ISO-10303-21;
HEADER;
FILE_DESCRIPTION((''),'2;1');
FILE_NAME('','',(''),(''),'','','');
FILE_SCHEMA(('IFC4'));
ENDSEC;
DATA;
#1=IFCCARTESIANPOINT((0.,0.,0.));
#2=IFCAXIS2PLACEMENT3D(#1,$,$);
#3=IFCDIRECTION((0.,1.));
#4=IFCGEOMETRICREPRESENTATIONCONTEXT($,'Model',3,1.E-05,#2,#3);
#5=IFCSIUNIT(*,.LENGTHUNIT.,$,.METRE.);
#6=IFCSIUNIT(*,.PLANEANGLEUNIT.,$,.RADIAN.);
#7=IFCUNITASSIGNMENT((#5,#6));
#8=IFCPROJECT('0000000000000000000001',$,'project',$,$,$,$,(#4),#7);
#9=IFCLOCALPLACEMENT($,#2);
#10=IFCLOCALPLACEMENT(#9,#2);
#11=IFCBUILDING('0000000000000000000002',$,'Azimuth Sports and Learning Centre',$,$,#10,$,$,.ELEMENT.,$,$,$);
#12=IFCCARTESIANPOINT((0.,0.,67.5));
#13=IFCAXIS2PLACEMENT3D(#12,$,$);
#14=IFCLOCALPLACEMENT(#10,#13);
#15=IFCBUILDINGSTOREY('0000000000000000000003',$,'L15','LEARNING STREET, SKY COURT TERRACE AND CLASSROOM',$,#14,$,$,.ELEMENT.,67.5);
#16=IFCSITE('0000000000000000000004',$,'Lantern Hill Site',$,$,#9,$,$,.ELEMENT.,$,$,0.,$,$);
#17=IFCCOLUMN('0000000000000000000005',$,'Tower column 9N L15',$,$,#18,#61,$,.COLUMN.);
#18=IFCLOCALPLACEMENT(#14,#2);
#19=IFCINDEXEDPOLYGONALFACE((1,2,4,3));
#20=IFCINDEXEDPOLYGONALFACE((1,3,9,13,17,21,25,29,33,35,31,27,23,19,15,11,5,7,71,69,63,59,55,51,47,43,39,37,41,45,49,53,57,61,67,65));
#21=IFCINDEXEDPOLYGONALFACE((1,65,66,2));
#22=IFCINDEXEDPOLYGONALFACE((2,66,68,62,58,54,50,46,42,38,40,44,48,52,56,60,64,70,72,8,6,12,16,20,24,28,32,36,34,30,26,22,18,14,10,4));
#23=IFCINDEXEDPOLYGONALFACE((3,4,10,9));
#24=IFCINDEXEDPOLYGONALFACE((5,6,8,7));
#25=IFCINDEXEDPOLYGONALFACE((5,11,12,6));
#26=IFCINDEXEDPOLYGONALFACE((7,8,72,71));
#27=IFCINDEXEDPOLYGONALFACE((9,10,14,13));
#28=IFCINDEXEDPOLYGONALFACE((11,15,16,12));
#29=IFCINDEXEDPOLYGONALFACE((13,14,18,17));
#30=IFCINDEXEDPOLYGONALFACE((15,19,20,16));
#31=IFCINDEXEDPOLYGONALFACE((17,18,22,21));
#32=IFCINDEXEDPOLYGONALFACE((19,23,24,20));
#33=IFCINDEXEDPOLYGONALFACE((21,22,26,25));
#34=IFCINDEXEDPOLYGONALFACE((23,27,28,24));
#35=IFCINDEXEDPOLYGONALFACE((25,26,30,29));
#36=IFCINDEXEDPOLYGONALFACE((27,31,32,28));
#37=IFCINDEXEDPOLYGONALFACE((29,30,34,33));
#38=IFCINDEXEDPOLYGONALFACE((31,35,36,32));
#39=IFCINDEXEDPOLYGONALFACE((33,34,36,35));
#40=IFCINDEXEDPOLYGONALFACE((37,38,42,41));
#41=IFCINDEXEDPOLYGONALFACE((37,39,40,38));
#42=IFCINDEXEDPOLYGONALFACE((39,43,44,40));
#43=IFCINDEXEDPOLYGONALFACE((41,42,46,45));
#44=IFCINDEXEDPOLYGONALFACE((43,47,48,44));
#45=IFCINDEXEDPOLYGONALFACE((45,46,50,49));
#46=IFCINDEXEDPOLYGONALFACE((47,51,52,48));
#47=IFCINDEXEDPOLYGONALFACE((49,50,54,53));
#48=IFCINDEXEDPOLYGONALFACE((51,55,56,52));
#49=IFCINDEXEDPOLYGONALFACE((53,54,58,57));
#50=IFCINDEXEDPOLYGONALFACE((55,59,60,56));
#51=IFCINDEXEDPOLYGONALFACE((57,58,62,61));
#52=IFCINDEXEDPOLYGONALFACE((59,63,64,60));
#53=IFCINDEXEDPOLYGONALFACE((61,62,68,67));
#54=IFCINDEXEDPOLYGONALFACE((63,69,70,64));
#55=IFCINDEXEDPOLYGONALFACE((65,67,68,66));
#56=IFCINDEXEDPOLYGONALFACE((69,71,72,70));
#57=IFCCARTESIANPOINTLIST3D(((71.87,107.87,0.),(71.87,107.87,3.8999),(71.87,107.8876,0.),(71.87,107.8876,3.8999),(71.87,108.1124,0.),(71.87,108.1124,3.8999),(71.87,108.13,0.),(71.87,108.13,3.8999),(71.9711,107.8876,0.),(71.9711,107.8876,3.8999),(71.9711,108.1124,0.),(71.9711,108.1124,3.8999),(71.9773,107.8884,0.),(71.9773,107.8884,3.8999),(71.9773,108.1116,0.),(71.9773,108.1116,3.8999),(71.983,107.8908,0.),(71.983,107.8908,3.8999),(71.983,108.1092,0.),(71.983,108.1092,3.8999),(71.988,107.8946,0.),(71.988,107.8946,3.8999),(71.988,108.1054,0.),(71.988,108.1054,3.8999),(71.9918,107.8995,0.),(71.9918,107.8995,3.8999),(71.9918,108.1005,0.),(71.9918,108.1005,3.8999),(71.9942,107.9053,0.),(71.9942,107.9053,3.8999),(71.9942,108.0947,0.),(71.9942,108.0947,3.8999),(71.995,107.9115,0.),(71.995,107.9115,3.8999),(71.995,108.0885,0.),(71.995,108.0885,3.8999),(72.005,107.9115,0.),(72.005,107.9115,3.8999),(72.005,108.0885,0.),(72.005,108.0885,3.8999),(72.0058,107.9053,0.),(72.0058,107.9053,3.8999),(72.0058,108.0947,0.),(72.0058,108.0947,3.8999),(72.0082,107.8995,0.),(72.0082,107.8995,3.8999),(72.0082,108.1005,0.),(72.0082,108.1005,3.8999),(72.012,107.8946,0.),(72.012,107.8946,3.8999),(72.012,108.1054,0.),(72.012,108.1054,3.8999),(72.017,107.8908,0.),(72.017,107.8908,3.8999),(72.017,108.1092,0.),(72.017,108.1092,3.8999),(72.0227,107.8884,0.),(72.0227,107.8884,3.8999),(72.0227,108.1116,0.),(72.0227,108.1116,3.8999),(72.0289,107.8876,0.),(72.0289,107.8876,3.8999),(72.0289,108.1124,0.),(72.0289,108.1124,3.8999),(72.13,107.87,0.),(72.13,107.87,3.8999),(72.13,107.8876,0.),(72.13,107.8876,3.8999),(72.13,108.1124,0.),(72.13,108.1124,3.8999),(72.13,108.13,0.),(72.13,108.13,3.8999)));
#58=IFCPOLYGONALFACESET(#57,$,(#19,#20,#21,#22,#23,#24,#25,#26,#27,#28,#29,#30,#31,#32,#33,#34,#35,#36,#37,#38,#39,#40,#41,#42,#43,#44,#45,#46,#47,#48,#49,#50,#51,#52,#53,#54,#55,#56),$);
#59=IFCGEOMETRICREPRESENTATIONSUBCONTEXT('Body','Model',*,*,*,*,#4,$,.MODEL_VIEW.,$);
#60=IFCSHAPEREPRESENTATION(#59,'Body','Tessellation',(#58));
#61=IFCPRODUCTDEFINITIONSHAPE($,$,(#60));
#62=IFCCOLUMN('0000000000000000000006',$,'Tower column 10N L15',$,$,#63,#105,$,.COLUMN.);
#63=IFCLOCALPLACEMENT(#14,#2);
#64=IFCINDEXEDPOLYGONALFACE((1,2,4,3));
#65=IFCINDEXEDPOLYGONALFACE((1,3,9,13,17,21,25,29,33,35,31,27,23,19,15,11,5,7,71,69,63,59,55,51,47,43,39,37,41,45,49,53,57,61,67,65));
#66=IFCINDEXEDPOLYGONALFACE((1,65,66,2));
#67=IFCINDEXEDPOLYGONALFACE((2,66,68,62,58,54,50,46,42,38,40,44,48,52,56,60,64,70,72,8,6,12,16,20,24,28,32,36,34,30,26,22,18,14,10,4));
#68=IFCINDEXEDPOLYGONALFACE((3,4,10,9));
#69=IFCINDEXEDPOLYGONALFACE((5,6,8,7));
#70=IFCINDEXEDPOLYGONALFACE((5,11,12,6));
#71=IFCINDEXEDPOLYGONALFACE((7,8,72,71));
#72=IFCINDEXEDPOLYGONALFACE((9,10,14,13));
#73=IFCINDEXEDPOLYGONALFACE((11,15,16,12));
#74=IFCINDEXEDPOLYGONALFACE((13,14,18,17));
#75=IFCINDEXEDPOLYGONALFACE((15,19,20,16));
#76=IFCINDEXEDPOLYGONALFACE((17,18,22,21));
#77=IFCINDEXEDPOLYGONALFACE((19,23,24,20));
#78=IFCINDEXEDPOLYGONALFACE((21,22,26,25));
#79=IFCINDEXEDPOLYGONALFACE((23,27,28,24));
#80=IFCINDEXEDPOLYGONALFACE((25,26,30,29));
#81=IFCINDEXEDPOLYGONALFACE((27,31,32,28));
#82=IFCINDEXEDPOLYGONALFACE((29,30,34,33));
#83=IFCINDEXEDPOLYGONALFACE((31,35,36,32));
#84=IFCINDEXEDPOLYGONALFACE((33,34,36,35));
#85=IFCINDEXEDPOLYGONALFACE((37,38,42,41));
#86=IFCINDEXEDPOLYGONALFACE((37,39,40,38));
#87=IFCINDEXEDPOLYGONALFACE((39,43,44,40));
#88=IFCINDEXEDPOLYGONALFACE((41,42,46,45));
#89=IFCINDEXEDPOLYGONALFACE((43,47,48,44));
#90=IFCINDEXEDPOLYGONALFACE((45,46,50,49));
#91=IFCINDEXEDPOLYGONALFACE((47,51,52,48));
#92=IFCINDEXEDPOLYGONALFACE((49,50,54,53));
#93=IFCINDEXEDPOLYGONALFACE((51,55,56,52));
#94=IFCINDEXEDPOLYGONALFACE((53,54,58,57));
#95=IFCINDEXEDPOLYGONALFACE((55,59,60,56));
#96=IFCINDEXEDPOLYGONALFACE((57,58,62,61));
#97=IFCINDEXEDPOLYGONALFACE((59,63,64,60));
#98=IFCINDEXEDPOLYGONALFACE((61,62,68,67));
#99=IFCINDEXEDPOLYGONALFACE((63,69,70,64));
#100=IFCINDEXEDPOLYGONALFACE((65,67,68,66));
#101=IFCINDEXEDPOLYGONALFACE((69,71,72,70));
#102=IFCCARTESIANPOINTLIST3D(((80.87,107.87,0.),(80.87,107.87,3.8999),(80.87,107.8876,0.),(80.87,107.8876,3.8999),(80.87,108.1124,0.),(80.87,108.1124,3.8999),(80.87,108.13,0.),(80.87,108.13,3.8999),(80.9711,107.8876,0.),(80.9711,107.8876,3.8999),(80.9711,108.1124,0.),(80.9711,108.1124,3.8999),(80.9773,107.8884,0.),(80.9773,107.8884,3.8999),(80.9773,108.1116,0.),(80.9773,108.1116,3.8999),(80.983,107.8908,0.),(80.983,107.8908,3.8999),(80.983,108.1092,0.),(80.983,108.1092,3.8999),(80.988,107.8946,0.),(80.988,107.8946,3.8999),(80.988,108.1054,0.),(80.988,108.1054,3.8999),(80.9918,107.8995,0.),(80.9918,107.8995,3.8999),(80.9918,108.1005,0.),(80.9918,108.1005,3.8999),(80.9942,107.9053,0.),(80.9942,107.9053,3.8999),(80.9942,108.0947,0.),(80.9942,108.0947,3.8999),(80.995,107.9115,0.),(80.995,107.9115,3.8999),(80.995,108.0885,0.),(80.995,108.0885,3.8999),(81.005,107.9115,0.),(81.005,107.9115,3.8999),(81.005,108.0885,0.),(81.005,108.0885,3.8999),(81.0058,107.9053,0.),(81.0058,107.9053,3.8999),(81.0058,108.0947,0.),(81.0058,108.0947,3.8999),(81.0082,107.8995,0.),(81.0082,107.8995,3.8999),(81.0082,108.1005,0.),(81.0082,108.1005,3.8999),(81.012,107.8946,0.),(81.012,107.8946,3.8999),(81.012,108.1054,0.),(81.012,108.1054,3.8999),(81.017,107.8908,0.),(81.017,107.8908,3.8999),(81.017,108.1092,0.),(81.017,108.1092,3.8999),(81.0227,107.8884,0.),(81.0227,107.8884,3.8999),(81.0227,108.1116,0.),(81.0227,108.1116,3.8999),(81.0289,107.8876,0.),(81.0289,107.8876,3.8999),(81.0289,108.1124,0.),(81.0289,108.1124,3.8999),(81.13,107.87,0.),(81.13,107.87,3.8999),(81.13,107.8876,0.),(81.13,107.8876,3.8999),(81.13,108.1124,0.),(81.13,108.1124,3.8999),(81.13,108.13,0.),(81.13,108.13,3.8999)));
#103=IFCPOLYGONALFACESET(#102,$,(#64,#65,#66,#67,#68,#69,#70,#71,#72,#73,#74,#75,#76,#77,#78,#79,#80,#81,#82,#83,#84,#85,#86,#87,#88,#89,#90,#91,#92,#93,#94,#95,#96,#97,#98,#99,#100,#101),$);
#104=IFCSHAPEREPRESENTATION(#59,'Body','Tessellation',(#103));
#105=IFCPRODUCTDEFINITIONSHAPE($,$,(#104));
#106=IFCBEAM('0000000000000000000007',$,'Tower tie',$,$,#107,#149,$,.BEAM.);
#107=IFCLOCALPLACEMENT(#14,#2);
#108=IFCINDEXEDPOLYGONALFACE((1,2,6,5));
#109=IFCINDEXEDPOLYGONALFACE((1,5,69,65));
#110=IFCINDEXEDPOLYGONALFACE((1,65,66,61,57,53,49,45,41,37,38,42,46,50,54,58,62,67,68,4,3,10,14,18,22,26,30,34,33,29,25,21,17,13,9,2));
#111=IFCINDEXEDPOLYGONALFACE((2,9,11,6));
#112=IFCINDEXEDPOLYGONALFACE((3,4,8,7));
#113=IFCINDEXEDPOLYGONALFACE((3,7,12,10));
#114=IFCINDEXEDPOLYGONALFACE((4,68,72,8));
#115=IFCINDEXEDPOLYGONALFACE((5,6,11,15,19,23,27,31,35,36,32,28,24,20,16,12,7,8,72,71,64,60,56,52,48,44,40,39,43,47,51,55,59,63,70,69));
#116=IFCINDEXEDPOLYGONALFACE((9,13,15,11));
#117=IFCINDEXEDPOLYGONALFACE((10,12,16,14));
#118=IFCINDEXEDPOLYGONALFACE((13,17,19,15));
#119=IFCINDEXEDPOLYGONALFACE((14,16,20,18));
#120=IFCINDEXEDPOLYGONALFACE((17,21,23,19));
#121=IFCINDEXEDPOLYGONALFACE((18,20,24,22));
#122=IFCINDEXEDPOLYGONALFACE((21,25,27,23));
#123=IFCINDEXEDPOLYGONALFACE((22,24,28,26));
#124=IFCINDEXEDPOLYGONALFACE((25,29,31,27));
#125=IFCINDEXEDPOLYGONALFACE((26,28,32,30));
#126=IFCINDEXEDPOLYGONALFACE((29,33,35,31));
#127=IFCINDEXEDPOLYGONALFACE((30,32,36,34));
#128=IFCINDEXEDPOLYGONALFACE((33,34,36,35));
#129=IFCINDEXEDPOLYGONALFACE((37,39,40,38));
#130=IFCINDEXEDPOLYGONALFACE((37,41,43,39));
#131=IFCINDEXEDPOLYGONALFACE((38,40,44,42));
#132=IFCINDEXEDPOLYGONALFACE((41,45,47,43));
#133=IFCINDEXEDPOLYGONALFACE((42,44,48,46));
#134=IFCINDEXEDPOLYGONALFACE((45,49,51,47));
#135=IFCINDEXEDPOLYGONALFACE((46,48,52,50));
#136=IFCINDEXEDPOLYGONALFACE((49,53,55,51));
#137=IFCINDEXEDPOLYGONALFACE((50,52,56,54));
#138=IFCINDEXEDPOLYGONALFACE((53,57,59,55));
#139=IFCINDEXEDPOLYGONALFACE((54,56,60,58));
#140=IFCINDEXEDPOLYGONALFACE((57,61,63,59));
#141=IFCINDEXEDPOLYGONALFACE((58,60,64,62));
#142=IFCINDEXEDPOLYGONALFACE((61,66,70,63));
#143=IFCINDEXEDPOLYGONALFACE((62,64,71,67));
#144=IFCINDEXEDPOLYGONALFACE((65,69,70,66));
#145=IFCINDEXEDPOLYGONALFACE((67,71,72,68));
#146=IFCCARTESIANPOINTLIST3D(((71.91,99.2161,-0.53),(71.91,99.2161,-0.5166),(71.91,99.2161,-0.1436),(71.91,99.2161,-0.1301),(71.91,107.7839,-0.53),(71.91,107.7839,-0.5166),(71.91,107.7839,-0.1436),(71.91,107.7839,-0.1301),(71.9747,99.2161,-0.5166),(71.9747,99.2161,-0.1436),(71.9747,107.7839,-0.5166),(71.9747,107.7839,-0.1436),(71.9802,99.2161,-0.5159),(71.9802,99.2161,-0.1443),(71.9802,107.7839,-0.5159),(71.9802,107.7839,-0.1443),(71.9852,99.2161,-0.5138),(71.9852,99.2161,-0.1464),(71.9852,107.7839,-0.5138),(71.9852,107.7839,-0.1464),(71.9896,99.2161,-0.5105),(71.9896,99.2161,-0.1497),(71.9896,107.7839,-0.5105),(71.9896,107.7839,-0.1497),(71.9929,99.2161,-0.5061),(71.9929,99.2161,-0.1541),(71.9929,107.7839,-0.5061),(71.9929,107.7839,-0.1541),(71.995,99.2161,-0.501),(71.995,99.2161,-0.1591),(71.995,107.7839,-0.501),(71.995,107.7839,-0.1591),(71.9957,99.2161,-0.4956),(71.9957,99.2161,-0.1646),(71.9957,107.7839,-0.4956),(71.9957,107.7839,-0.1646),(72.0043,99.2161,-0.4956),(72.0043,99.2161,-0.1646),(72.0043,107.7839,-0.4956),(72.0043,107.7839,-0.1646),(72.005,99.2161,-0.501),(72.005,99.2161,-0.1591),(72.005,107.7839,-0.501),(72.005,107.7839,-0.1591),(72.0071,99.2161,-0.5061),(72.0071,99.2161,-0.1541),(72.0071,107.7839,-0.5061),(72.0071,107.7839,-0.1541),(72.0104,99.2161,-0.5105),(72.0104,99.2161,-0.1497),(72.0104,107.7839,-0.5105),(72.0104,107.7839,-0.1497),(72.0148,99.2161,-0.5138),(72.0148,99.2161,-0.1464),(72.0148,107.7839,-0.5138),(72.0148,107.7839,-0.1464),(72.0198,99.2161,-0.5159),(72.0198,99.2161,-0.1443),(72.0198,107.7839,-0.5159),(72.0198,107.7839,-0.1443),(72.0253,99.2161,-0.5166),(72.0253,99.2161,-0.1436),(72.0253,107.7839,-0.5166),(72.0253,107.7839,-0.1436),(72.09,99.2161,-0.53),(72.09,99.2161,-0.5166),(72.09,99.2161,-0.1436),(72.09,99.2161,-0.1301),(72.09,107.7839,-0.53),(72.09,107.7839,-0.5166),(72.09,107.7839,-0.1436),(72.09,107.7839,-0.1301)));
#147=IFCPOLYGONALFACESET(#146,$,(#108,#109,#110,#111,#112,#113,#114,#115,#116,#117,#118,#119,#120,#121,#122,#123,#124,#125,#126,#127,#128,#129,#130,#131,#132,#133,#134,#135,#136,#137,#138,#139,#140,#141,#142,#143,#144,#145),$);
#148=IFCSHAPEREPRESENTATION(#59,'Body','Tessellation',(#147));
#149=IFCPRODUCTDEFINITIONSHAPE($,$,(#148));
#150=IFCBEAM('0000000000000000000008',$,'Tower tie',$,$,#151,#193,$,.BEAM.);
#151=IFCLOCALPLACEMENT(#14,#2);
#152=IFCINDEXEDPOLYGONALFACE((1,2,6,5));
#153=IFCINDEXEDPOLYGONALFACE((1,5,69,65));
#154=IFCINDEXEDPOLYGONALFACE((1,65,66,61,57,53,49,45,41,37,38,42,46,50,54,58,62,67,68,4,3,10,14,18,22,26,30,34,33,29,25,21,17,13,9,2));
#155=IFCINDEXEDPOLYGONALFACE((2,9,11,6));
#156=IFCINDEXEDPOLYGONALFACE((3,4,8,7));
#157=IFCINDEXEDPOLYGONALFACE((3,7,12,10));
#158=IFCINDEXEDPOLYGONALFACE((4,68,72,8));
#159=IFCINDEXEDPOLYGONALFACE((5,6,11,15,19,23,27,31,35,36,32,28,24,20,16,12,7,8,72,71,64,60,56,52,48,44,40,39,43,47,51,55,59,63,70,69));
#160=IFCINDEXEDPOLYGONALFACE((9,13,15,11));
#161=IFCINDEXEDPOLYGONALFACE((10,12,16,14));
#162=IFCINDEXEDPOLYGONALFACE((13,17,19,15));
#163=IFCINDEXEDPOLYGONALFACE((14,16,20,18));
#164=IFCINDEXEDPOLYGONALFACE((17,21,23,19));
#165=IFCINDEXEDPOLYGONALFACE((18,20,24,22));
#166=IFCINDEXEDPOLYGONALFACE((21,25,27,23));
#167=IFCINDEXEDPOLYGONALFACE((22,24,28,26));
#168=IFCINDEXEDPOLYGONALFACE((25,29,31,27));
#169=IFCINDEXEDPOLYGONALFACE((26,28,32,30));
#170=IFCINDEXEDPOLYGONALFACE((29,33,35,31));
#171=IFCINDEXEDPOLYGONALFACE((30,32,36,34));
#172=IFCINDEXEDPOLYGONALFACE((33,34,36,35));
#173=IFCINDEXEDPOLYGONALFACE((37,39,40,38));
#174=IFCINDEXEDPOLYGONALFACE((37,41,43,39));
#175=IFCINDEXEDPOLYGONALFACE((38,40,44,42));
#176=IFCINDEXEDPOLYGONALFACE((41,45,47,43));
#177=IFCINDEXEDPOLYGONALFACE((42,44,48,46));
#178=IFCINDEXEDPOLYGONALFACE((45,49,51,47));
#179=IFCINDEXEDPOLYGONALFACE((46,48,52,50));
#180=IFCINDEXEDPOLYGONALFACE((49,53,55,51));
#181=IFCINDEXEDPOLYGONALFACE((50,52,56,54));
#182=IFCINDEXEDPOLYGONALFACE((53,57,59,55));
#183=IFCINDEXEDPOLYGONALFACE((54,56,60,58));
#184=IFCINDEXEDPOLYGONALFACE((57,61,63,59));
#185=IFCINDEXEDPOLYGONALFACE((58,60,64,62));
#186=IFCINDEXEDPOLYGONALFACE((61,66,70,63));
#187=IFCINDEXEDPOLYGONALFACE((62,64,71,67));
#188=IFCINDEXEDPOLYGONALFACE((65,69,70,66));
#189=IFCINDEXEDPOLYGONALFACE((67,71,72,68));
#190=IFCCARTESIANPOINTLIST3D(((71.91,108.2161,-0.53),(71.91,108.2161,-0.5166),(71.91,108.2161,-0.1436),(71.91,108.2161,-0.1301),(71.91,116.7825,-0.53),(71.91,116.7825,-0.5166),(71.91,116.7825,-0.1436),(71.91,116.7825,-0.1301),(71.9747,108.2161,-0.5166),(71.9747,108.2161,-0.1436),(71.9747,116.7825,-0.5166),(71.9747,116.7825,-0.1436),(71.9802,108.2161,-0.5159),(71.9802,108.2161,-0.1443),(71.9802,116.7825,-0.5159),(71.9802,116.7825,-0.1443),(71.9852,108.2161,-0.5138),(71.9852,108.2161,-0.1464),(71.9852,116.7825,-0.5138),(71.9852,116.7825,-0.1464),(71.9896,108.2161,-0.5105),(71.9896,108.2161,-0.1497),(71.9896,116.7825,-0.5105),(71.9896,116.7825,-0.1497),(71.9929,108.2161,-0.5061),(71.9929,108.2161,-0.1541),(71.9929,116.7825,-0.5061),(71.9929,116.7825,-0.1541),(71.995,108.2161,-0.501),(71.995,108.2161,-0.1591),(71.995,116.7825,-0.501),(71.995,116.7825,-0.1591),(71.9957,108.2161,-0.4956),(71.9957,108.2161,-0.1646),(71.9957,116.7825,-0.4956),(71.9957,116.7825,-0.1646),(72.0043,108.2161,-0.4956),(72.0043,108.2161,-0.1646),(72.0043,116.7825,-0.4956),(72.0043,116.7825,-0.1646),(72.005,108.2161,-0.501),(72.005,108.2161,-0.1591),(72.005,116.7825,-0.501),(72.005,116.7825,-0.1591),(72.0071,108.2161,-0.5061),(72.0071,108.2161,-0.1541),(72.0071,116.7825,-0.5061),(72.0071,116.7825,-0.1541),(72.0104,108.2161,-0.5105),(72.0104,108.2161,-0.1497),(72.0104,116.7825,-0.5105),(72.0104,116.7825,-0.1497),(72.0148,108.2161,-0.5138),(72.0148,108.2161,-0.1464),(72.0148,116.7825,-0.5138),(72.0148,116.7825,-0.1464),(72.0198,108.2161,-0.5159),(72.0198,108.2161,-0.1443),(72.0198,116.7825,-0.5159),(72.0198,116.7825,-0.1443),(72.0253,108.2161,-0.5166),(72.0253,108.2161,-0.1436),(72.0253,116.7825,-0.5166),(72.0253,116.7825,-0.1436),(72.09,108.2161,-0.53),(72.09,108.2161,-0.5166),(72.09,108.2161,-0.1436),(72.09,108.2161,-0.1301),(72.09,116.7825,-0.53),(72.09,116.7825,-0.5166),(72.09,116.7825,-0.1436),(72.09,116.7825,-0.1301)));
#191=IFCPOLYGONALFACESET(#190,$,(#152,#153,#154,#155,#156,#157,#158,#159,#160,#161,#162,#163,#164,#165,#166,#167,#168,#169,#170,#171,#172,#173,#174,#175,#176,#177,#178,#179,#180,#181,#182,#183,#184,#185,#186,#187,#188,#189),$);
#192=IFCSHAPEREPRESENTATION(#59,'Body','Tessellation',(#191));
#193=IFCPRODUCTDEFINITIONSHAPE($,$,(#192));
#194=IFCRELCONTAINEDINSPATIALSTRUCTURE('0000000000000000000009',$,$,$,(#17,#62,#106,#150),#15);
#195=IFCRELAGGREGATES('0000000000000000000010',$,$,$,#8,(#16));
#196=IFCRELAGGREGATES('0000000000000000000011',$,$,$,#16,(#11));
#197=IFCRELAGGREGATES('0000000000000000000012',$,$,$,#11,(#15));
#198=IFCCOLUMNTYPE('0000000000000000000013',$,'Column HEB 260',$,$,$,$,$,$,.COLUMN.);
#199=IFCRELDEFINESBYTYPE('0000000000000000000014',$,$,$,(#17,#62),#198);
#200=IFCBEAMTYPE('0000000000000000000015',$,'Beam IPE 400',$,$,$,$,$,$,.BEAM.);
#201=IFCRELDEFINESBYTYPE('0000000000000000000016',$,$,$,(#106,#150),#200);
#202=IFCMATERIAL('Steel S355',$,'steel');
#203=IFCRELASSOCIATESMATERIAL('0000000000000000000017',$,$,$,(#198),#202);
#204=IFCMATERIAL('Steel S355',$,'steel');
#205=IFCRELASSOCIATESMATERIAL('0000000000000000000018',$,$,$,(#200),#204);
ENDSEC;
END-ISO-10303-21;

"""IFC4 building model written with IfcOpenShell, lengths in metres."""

from ifc_helpers import new_model, si_unit, direction, frame, origin, origin_2d, place, context, subcontext, project, spatial, i_section, extrude, material, material_profile, profile_set, type_object, element, save


model = new_model("IFC4")

# Units and contexts
model_context = context("Model", 3, precision=1e-05, world=origin(), true_north=direction((0.0, 1.0)))
body_context = subcontext(model_context, "Body", "Model", "MODEL_VIEW")
ifc_project = project(units=[si_unit("LENGTHUNIT", "METRE"), si_unit("PLANEANGLEUNIT", "RADIAN")], contexts=[model_context])

# Site, building, storey
site_placement = place(None, origin())
site = spatial("IfcSite", under=ifc_project, at=site_placement, Name="Lantern Hill Site", CompositionType="ELEMENT", RefElevation=0.0)
building_placement = place(site_placement, origin())
building = spatial("IfcBuilding", under=site, at=building_placement, Name="Azimuth Sports and Learning Centre", CompositionType="ELEMENT")
storey_placement = place(building_placement, frame((0.0, 0.0, 67.5)))
storey = spatial("IfcBuildingStorey", under=building, at=storey_placement, Name="L15", Description="LEARNING STREET, SKY COURT TERRACE AND CLASSROOM", CompositionType="ELEMENT", Elevation=67.5)

# Columns
ifc_material_1 = material(Name="Steel S355", Category="steel")
ifc_material_profile_1 = material_profile(ifc_material_1, i_section(OverallWidth=0.26, OverallDepth=0.26, WebThickness=0.01, FlangeThickness=0.0176, FilletRadius=0.0239, at=origin_2d()), Name="HEB 260")
ifc_profile_set_1 = profile_set([ifc_material_profile_1], Name="Steel S355")
column_type = type_object("IfcColumnType", Name="Column HEB 260", PredefinedType="COLUMN", material=ifc_profile_set_1)
for number, where, z_axis, x_axis, name in (
    (1, (72.0, 108.0, 0.0), (0.0, 0.0, 1.0), (1.0, 0.0, 0.0), "Tower column 9N L15"),
    (2, (81.0, 108.0, 0.0), (0.0, 0.0, 1.0), (1.0, 0.0, 0.0), "Tower column 10N L15"),
):
    element("IfcColumn", number, at=place(storey_placement, frame(where, z_axis=z_axis, x_axis=x_axis)), inside=storey, type_object=column_type, Name=name, PredefinedType="COLUMN", context=body_context, shape_type="SweptSolid", body=[
        extrude(i_section(OverallWidth=0.26, OverallDepth=0.26, WebThickness=0.01, FlangeThickness=0.0176, FilletRadius=0.0239, at=origin_2d()), origin(), (0.0, 0.0, 1.0), 3.8999),
    ])

# Beams
ifc_material_2 = material(Name="Steel S355", Category="steel")
ifc_material_profile_2 = material_profile(ifc_material_2, i_section(OverallWidth=0.1799, OverallDepth=0.3999, WebThickness=0.0085, FlangeThickness=0.0134, FilletRadius=0.021, at=origin_2d()), Name="IPE 400")
ifc_profile_set_2 = profile_set([ifc_material_profile_2], Name="Steel S355")
beam_type_1 = type_object("IfcBeamType", Name="Beam IPE 400", PredefinedType="BEAM", material=ifc_profile_set_2)
beam_1_placement = place(storey_placement, frame((72.0, 99.2161, -0.3301), z_axis=(0.0, 1.0, 0.0), x_axis=(-1.0, 0.0, 0.0)))
element("IfcBeam", 3, at=beam_1_placement, inside=storey, type_object=beam_type_1, Name="Tower tie", PredefinedType="BEAM", context=body_context, shape_type="SweptSolid", body=[
    extrude(i_section(OverallWidth=0.1799, OverallDepth=0.3999, WebThickness=0.0085, FlangeThickness=0.0134, FilletRadius=0.021, at=origin_2d()), origin(), (0.0, 0.0, 1.0), 8.5679),
])
beam_2_placement = place(storey_placement, frame((72.0, 108.2161, -0.3301), z_axis=(0.0, 1.0, 0.0), x_axis=(-1.0, 0.0, 0.0)))
element("IfcBeam", 4, at=beam_2_placement, inside=storey, type_object=beam_type_1, Name="Tower tie", PredefinedType="BEAM", context=body_context, shape_type="SweptSolid", body=[
    extrude(i_section(OverallWidth=0.1799, OverallDepth=0.3999, WebThickness=0.0085, FlangeThickness=0.0134, FilletRadius=0.021, at=origin_2d()), origin(), (0.0, 0.0, 1.0), 8.5664),
])

save(model, "model.ifc")
